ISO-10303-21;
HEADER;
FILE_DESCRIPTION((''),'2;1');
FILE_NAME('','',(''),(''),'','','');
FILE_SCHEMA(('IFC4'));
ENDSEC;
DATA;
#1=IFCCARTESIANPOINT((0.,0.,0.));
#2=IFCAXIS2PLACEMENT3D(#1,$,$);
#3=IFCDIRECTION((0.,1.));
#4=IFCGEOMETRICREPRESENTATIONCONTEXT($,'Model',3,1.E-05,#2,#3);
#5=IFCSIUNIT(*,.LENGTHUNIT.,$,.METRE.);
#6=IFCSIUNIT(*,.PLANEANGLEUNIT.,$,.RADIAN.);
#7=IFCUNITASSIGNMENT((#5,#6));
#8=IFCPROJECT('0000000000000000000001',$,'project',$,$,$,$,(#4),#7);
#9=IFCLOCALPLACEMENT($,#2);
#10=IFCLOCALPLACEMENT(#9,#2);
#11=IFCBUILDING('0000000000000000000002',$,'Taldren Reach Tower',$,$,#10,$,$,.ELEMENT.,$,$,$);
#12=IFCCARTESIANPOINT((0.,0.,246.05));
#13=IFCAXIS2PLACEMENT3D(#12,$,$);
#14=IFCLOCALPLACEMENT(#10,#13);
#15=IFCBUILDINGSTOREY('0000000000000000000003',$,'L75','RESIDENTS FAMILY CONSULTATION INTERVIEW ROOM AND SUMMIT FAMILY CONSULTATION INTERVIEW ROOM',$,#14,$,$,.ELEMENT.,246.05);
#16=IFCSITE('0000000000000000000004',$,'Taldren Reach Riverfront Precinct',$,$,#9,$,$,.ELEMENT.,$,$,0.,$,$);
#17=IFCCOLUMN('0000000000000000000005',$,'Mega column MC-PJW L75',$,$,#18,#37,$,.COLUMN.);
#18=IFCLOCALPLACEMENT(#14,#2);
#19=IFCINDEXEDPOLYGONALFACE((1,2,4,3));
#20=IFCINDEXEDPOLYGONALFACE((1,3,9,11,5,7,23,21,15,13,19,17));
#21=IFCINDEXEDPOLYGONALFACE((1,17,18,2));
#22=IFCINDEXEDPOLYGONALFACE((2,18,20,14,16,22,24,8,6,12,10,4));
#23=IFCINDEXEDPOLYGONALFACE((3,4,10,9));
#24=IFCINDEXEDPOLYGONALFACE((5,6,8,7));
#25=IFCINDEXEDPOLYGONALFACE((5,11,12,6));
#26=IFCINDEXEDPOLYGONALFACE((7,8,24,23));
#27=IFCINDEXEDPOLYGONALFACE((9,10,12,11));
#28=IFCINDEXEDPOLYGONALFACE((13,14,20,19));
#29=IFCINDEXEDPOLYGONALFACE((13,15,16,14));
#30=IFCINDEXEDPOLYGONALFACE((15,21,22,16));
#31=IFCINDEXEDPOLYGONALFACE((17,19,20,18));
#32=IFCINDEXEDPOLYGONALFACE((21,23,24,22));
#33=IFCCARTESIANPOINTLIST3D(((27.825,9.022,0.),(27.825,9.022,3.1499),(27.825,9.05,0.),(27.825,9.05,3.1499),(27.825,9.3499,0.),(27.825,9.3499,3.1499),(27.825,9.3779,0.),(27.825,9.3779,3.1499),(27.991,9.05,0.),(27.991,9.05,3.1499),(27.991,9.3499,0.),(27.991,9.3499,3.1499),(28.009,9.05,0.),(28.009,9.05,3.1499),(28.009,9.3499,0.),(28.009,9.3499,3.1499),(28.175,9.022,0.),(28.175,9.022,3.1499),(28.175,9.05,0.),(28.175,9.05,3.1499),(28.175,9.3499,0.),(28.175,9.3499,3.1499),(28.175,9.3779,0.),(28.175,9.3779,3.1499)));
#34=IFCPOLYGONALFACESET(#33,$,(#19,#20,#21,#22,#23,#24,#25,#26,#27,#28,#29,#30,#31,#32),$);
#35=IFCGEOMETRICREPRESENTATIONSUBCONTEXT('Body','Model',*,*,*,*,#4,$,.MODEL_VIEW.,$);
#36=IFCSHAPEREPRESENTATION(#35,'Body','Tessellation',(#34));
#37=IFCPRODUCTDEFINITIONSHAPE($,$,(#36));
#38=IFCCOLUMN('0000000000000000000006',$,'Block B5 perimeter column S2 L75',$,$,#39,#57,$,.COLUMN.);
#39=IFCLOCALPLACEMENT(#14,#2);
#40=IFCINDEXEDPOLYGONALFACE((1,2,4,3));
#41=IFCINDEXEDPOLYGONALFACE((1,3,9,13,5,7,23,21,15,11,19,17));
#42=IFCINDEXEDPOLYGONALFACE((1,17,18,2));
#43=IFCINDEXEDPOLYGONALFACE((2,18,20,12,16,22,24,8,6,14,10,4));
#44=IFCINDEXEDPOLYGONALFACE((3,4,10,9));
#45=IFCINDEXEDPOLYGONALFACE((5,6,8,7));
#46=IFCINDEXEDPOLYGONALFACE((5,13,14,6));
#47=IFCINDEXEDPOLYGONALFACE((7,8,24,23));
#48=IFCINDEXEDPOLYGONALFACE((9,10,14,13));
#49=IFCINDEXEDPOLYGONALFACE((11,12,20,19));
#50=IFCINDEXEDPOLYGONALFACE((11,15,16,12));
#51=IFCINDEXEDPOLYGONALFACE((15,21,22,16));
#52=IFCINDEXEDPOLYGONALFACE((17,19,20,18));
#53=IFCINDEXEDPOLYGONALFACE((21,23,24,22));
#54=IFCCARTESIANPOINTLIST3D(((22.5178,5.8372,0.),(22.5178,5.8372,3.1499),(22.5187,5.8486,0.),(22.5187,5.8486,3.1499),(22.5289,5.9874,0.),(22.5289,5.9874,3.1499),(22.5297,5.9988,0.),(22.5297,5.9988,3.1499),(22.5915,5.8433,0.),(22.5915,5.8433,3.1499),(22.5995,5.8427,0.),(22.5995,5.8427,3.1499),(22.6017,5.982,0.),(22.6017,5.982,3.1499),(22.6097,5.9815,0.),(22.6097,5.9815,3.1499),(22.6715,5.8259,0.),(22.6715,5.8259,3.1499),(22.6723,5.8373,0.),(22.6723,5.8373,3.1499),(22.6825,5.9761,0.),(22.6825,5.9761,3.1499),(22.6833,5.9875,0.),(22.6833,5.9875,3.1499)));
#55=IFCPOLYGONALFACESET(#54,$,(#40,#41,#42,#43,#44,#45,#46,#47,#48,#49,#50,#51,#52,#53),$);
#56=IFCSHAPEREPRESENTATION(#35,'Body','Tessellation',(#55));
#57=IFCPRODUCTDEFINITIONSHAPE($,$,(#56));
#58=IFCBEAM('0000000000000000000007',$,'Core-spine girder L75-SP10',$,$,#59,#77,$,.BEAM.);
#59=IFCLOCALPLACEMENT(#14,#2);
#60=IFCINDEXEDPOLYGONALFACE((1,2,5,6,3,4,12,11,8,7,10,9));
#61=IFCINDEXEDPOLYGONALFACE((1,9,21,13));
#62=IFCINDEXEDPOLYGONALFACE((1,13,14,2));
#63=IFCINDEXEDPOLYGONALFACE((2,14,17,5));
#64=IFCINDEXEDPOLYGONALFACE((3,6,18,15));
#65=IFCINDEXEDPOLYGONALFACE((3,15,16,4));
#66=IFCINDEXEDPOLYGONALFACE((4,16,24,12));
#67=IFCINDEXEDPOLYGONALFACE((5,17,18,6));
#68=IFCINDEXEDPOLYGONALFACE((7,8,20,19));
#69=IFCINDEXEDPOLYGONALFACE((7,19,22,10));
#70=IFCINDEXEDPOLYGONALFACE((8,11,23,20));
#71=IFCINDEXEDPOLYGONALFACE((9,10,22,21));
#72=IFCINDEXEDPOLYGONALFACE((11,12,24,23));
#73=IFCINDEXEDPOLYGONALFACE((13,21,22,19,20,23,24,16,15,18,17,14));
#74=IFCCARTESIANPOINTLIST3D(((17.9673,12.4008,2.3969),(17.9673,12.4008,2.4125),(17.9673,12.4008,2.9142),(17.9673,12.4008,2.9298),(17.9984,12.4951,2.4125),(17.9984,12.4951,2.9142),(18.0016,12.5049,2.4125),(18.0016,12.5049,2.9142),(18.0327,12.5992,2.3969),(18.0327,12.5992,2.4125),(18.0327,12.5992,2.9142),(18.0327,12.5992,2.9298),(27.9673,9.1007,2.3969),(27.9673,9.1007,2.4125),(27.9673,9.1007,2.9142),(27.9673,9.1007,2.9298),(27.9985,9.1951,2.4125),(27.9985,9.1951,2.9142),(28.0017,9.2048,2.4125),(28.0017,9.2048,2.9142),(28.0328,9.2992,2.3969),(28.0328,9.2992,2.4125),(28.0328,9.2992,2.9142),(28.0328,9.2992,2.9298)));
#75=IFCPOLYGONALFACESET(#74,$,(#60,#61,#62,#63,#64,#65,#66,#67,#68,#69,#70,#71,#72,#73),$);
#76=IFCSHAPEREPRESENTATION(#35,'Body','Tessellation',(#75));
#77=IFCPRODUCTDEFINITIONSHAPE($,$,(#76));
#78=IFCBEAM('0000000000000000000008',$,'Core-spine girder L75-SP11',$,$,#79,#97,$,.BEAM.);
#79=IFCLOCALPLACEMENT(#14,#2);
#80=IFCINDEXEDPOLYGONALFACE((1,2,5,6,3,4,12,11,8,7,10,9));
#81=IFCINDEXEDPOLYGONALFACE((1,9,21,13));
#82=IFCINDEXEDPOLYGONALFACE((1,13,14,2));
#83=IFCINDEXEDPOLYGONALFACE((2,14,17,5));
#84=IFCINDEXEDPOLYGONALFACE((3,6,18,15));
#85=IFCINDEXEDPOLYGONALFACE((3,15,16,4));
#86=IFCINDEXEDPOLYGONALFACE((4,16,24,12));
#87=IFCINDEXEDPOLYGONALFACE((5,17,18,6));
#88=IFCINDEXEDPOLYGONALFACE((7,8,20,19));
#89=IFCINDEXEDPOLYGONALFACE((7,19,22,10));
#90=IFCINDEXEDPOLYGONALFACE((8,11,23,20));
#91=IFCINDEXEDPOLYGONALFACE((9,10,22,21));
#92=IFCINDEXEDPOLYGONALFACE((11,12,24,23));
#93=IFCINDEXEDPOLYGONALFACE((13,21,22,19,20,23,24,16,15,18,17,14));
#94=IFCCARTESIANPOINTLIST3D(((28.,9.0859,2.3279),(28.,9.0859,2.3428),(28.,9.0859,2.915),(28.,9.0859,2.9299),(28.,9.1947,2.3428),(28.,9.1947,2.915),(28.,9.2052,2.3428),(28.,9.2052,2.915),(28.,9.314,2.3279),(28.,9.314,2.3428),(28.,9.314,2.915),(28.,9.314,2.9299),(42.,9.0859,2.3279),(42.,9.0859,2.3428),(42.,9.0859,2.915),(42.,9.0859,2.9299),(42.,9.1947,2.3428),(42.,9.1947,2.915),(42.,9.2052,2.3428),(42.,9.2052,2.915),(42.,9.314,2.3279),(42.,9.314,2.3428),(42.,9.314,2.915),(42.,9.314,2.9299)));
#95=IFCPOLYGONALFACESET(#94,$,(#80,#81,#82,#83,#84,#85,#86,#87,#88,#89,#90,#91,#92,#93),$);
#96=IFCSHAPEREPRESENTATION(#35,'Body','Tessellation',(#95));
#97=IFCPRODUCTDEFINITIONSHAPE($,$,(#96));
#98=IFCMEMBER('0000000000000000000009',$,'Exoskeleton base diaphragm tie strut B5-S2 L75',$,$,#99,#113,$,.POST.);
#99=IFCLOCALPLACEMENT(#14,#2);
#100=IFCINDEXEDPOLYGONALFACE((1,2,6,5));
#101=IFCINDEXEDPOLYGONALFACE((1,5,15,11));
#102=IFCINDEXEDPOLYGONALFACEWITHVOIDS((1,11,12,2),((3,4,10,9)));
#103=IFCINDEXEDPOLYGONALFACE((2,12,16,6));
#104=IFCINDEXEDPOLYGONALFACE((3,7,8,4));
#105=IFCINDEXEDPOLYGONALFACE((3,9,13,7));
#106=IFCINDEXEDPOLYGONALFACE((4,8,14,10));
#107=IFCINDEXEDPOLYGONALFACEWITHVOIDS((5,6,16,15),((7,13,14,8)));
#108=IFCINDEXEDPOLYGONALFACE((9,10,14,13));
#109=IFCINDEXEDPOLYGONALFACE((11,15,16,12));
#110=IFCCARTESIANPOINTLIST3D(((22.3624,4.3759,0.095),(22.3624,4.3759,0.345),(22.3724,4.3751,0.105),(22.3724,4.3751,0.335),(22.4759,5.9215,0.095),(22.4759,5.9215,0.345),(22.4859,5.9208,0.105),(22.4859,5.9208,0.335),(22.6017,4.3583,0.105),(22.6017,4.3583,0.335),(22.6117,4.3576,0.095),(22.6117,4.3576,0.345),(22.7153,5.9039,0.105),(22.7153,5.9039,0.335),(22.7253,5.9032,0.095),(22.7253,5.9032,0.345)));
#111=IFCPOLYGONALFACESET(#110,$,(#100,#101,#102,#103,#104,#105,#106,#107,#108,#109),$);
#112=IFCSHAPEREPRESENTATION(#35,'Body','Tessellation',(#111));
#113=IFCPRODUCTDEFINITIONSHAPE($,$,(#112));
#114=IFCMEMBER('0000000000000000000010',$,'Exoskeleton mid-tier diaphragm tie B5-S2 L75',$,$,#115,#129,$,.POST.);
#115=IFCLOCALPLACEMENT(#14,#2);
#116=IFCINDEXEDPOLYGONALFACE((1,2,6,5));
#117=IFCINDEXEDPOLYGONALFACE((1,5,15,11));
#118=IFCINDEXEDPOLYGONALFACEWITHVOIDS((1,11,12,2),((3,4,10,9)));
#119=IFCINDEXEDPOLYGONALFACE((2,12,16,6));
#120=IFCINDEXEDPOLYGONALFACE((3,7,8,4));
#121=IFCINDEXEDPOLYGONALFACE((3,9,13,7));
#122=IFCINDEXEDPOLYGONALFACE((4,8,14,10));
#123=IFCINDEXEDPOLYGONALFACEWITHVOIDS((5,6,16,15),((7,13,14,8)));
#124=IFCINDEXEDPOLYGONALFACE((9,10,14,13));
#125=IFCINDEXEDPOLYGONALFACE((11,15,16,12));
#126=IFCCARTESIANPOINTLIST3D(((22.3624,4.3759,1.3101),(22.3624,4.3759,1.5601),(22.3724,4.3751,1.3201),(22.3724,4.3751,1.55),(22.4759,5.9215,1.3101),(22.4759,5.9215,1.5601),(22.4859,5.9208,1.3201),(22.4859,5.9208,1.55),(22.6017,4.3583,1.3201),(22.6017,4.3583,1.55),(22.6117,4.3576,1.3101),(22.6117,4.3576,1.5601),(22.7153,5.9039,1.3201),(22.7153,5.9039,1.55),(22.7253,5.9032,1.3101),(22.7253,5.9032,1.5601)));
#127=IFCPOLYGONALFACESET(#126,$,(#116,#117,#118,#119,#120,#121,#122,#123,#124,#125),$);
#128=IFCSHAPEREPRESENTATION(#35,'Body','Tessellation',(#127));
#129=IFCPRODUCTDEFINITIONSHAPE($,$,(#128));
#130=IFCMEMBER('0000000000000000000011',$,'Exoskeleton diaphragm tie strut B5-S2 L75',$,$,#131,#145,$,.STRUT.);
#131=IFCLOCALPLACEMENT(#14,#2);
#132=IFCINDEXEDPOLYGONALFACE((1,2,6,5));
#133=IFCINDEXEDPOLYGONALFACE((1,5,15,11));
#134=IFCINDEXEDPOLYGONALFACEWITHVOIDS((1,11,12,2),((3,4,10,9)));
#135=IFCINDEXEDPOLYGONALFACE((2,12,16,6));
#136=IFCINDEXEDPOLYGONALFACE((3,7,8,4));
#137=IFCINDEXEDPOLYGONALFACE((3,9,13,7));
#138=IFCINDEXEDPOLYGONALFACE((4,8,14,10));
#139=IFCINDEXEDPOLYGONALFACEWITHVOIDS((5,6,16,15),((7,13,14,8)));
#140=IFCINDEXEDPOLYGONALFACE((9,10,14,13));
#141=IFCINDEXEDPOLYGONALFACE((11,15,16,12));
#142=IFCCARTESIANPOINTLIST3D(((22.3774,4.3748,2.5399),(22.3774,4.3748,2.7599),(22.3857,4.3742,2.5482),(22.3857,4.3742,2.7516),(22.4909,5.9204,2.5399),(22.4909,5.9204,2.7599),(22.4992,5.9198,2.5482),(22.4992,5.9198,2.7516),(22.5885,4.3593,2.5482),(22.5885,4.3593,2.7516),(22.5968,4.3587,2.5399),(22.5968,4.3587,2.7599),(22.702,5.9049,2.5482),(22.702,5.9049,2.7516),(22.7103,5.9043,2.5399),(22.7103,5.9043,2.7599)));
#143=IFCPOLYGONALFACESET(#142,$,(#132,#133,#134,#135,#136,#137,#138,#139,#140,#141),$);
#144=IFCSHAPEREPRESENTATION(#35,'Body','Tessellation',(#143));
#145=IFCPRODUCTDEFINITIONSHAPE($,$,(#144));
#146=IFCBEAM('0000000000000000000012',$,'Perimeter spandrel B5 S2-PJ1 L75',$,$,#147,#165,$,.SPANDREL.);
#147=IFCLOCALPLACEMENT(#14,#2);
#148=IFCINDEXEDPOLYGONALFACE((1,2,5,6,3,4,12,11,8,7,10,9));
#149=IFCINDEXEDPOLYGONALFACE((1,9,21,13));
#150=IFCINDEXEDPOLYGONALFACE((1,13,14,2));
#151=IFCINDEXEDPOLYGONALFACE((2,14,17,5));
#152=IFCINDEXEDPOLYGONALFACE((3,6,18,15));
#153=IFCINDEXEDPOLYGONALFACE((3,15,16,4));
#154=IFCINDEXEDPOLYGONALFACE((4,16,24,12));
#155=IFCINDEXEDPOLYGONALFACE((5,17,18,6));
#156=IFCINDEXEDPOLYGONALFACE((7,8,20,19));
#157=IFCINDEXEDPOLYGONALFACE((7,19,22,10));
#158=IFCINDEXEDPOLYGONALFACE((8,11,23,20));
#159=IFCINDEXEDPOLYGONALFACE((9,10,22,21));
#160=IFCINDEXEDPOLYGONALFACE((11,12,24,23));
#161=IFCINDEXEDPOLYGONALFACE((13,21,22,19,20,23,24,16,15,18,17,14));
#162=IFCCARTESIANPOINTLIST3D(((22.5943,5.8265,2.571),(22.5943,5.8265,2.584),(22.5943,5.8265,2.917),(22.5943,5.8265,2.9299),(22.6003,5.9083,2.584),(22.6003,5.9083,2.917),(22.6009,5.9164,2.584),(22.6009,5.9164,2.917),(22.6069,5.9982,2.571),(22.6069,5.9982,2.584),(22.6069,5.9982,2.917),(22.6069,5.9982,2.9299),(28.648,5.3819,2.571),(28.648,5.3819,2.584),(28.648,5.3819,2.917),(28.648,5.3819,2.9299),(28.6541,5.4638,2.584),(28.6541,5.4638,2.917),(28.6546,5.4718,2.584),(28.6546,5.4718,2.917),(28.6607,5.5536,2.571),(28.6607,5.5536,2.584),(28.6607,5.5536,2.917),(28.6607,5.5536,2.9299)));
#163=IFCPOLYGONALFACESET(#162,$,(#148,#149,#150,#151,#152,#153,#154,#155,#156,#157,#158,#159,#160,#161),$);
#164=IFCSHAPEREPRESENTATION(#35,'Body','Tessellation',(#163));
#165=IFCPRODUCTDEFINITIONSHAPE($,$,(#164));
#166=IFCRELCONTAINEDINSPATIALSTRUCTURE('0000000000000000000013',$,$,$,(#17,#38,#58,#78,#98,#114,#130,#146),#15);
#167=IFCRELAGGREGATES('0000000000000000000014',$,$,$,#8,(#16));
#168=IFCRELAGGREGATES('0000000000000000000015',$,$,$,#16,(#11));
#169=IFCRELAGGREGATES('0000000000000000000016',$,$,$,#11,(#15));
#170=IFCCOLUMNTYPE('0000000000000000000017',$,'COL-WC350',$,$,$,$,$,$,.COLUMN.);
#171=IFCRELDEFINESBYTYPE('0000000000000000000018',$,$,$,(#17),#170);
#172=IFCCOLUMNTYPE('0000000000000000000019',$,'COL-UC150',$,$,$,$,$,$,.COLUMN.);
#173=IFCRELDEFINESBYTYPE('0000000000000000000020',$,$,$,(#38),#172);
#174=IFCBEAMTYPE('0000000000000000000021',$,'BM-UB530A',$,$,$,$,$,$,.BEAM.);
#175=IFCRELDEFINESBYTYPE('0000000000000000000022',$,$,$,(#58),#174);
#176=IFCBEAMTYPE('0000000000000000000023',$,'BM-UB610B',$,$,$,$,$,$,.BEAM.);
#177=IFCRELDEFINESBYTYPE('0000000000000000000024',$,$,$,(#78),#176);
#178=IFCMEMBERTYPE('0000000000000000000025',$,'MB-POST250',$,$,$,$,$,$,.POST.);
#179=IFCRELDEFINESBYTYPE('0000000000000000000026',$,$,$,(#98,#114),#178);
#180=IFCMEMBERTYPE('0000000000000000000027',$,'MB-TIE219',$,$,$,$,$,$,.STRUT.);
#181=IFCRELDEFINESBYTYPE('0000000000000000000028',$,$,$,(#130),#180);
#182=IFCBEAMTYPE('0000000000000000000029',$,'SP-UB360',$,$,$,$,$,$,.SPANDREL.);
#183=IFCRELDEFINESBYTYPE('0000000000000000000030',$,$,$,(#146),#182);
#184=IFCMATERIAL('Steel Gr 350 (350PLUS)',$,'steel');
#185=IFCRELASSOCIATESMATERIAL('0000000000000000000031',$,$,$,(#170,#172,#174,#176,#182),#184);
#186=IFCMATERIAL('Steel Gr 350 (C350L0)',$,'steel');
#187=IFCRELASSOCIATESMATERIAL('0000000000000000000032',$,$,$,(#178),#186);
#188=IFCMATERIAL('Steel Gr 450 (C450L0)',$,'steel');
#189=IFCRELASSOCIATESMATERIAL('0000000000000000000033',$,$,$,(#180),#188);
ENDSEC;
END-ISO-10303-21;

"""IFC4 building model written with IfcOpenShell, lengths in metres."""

from ifc_helpers import new_model, si_unit, direction, frame, origin, origin_2d, place, context, subcontext, project, spatial, hollow_rectangle, i_section, extrude, source, transform, mapped, material, material_profile, profile_set, type_object, element, save


model = new_model("IFC4")

# Units and contexts
model_context = context("Model", 3, precision=1e-05, world=origin(), true_north=direction((0.0, 1.0)))
body_context = subcontext(model_context, "Body", "Model", "MODEL_VIEW")
ifc_project = project(units=[si_unit("LENGTHUNIT", "METRE"), si_unit("PLANEANGLEUNIT", "RADIAN")], contexts=[model_context])

# Site, building, storey
site_placement = place(None, origin())
site = spatial("IfcSite", under=ifc_project, at=site_placement, Name="Taldren Reach Riverfront Precinct", CompositionType="ELEMENT", RefElevation=0.0)
building_placement = place(site_placement, origin())
building = spatial("IfcBuilding", under=site, at=building_placement, Name="Taldren Reach Tower", CompositionType="ELEMENT")
storey_placement = place(building_placement, frame((0.0, 0.0, 246.05)))
storey = spatial("IfcBuildingStorey", under=building, at=storey_placement, Name="L75", Description="RESIDENTS FAMILY CONSULTATION INTERVIEW ROOM AND SUMMIT FAMILY CONSULTATION INTERVIEW ROOM", CompositionType="ELEMENT", Elevation=246.05)

# Columns
ifc_material_1 = material(Name="Steel Gr 350 (350PLUS)", Category="steel")
ifc_material_profile_1 = material_profile(ifc_material_1, i_section(OverallWidth=0.3501, OverallDepth=0.356, WebThickness=0.0181, FlangeThickness=0.0281, at=origin_2d()), Name="350WC197")
ifc_profile_set_1 = profile_set([ifc_material_profile_1], Name="Steel Gr 350 (350PLUS)")
column_type_1 = type_object("IfcColumnType", Name="COL-WC350", PredefinedType="COLUMN", material=ifc_profile_set_1)
shared_shape_1 = source(origin(), body_context, "Body", "SweptSolid", [
    extrude(i_section(OverallWidth=0.3501, OverallDepth=0.356, WebThickness=0.0181, FlangeThickness=0.0281, at=origin_2d()), origin(), (0.0, 0.0, 1.0), 3.1499),
])
column_1_placement = place(storey_placement, frame((28.0, 9.2, 0.0), z_axis=(0.0, 0.0, 1.0), x_axis=(1.0, 0.0, 0.0)))
element("IfcColumn", 1, at=column_1_placement, inside=storey, type_object=column_type_1, Name="Mega column MC-PJW L75", PredefinedType="COLUMN", context=body_context, shape_type="MappedRepresentation", body=[
    mapped(shared_shape_1, transform((0.0, 0.0, 0.0), scale=1.0)),
])
ifc_material_profile_2 = material_profile(ifc_material_1, i_section(OverallWidth=0.1541, OverallDepth=0.1621, WebThickness=0.0081, FlangeThickness=0.0115, at=origin_2d()), Name="150UC37.2")
ifc_profile_set_2 = profile_set([ifc_material_profile_2], Name="Steel Gr 350 (350PLUS)")
column_type_2 = type_object("IfcColumnType", Name="COL-UC150", PredefinedType="COLUMN", material=ifc_profile_set_2)
shared_shape_2 = source(origin(), body_context, "Body", "SweptSolid", [
    extrude(i_section(OverallWidth=0.1541, OverallDepth=0.1621, WebThickness=0.0081, FlangeThickness=0.0115, at=origin_2d()), origin(), (0.0, 0.0, 1.0), 3.1499),
])
column_2_placement = place(storey_placement, frame((22.6006, 5.9124, 0.0), z_axis=(0.0, 0.0, 1.0), x_axis=(0.997314, -0.073238, 0.0)))
element("IfcColumn", 2, at=column_2_placement, inside=storey, type_object=column_type_2, Name="Block B5 perimeter column S2 L75", PredefinedType="COLUMN", context=body_context, shape_type="MappedRepresentation", body=[
    mapped(shared_shape_2, transform((0.0, 0.0, 0.0), scale=1.0)),
])

# Beams
ifc_material_profile_3 = material_profile(ifc_material_1, i_section(OverallWidth=0.209, OverallDepth=0.533, WebThickness=0.0103, FlangeThickness=0.0156, at=origin_2d()), Name="530UB92.4")
ifc_profile_set_3 = profile_set([ifc_material_profile_3], Name="Steel Gr 350 (350PLUS)")
beam_type_1 = type_object("IfcBeamType", Name="BM-UB530A", PredefinedType="BEAM", material=ifc_profile_set_3)
shared_shape_3 = source(origin(), body_context, "Body", "SweptSolid", [
    extrude(i_section(OverallWidth=0.209, OverallDepth=0.533, WebThickness=0.0103, FlangeThickness=0.0156, at=origin_2d()), origin(), (0.0, 0.0, 1.0), 10.5305),
])
beam_1_placement = place(storey_placement, frame((18.0, 12.5, 2.6633), z_axis=(0.949627, -0.313382, 0.0), x_axis=(0.313382, 0.949627, 0.0)))
element("IfcBeam", 3, at=beam_1_placement, inside=storey, type_object=beam_type_1, Name="Core-spine girder L75-SP10", PredefinedType="BEAM", context=body_context, shape_type="MappedRepresentation", body=[
    mapped(shared_shape_3, transform((0.0, 0.0, 0.0), scale=1.0)),
])
ifc_material_profile_4 = material_profile(ifc_material_1, i_section(OverallWidth=0.228, OverallDepth=0.6021, WebThickness=0.0105, FlangeThickness=0.0149, at=origin_2d()), Name="610UB101")
ifc_profile_set_4 = profile_set([ifc_material_profile_4], Name="Steel Gr 350 (350PLUS)")
beam_type_2 = type_object("IfcBeamType", Name="BM-UB610B", PredefinedType="BEAM", material=ifc_profile_set_4)
shared_shape_4 = source(origin(), body_context, "Body", "SweptSolid", [
    extrude(i_section(OverallWidth=0.228, OverallDepth=0.6021, WebThickness=0.0105, FlangeThickness=0.0149, at=origin_2d()), origin(), (0.0, 0.0, 1.0), 14.0),
])
beam_2_placement = place(storey_placement, frame((28.0, 9.2, 2.6289), z_axis=(1.0, 0.0, 0.0), x_axis=(0.0, 1.0, 0.0)))
element("IfcBeam", 4, at=beam_2_placement, inside=storey, type_object=beam_type_2, Name="Core-spine girder L75-SP11", PredefinedType="BEAM", context=body_context, shape_type="MappedRepresentation", body=[
    mapped(shared_shape_4, transform((0.0, 0.0, 0.0), scale=1.0)),
])

# Members
ifc_material_2 = material(Name="Steel Gr 350 (C350L0)", Category="steel")
ifc_material_profile_5 = material_profile(ifc_material_2, hollow_rectangle(XDim=0.25, YDim=0.25, WallThickness=0.01, at=origin_2d()), Name="250x250x10.0SHS")
ifc_profile_set_5 = profile_set([ifc_material_profile_5], Name="Steel Gr 350 (C350L0)")
member_type_1 = type_object("IfcMemberType", Name="MB-POST250", PredefinedType="POST", material=ifc_profile_set_5)
shared_shape_5 = source(origin(), body_context, "Body", "SweptSolid", [
    extrude(hollow_rectangle(XDim=0.25, YDim=0.25, WallThickness=0.01, at=origin_2d()), origin(), (0.0, 0.0, 1.0), 1.5498),
])
for number, where, z_axis, x_axis, name in (
    (5, (22.6006, 5.9124, 0.22), (-0.073251, -0.997314, 0.0), (0.997314, -0.073251, 0.0), "Exoskeleton base diaphragm tie strut B5-S2 L75"),
    (6, (22.6006, 5.9124, 1.4351), (-0.073251, -0.997314, 0.0), (0.997314, -0.073251, 0.0), "Exoskeleton mid-tier diaphragm tie B5-S2 L75"),
):
    element("IfcMember", number, at=place(storey_placement, frame(where, z_axis=z_axis, x_axis=x_axis)), inside=storey, type_object=member_type_1, Name=name, PredefinedType="POST", context=body_context, shape_type="MappedRepresentation", body=[
        mapped(shared_shape_5, transform((0.0, 0.0, 0.0), scale=1.0)),
    ])
ifc_material_3 = material(Name="Steel Gr 450 (C450L0)", Category="steel")
ifc_material_profile_6 = material_profile(ifc_material_3, hollow_rectangle(XDim=0.22, YDim=0.22, WallThickness=0.0083, at=origin_2d()), Name="220x220x8.2SHS")
ifc_profile_set_6 = profile_set([ifc_material_profile_6], Name="Steel Gr 450 (C450L0)")
member_type_2 = type_object("IfcMemberType", Name="MB-TIE219", PredefinedType="STRUT", material=ifc_profile_set_6)
shared_shape_6 = source(origin(), body_context, "Body", "SweptSolid", [
    extrude(hollow_rectangle(XDim=0.22, YDim=0.22, WallThickness=0.0083, at=origin_2d()), origin(), (0.0, 0.0, 1.0), 1.5498),
])
member_placement = place(storey_placement, frame((22.6006, 5.9124, 2.6499), z_axis=(-0.073251, -0.997314, 0.0), x_axis=(0.997314, -0.073251, 0.0)))
element("IfcMember", 7, at=member_placement, inside=storey, type_object=member_type_2, Name="Exoskeleton diaphragm tie strut B5-S2 L75", PredefinedType="STRUT", context=body_context, shape_type="MappedRepresentation", body=[
    mapped(shared_shape_6, transform((0.0, 0.0, 0.0), scale=1.0)),
])

# Beam
ifc_material_profile_7 = material_profile(ifc_material_1, i_section(OverallWidth=0.1721, OverallDepth=0.3589, WebThickness=0.0081, FlangeThickness=0.0129, at=origin_2d()), Name="360UB56.7")
ifc_profile_set_7 = profile_set([ifc_material_profile_7], Name="Steel Gr 350 (350PLUS)")
beam_type_3 = type_object("IfcBeamType", Name="SP-UB360", PredefinedType="SPANDREL", material=ifc_profile_set_7)
shared_shape_7 = source(origin(), body_context, "Body", "SweptSolid", [
    extrude(i_section(OverallWidth=0.1721, OverallDepth=0.3589, WebThickness=0.0081, FlangeThickness=0.0129, at=origin_2d()), origin(), (0.0, 0.0, 1.0), 6.0701),
])
beam_3_placement = place(storey_placement, frame((22.6006, 5.9124, 2.7505), z_axis=(0.997314, -0.073242, 0.0), x_axis=(0.073242, 0.997314, 0.0)))
element("IfcBeam", 8, at=beam_3_placement, inside=storey, type_object=beam_type_3, Name="Perimeter spandrel B5 S2-PJ1 L75", PredefinedType="SPANDREL", context=body_context, shape_type="MappedRepresentation", body=[
    mapped(shared_shape_7, transform((0.0, 0.0, 0.0), scale=1.0)),
])

save(model, "model.ifc")
